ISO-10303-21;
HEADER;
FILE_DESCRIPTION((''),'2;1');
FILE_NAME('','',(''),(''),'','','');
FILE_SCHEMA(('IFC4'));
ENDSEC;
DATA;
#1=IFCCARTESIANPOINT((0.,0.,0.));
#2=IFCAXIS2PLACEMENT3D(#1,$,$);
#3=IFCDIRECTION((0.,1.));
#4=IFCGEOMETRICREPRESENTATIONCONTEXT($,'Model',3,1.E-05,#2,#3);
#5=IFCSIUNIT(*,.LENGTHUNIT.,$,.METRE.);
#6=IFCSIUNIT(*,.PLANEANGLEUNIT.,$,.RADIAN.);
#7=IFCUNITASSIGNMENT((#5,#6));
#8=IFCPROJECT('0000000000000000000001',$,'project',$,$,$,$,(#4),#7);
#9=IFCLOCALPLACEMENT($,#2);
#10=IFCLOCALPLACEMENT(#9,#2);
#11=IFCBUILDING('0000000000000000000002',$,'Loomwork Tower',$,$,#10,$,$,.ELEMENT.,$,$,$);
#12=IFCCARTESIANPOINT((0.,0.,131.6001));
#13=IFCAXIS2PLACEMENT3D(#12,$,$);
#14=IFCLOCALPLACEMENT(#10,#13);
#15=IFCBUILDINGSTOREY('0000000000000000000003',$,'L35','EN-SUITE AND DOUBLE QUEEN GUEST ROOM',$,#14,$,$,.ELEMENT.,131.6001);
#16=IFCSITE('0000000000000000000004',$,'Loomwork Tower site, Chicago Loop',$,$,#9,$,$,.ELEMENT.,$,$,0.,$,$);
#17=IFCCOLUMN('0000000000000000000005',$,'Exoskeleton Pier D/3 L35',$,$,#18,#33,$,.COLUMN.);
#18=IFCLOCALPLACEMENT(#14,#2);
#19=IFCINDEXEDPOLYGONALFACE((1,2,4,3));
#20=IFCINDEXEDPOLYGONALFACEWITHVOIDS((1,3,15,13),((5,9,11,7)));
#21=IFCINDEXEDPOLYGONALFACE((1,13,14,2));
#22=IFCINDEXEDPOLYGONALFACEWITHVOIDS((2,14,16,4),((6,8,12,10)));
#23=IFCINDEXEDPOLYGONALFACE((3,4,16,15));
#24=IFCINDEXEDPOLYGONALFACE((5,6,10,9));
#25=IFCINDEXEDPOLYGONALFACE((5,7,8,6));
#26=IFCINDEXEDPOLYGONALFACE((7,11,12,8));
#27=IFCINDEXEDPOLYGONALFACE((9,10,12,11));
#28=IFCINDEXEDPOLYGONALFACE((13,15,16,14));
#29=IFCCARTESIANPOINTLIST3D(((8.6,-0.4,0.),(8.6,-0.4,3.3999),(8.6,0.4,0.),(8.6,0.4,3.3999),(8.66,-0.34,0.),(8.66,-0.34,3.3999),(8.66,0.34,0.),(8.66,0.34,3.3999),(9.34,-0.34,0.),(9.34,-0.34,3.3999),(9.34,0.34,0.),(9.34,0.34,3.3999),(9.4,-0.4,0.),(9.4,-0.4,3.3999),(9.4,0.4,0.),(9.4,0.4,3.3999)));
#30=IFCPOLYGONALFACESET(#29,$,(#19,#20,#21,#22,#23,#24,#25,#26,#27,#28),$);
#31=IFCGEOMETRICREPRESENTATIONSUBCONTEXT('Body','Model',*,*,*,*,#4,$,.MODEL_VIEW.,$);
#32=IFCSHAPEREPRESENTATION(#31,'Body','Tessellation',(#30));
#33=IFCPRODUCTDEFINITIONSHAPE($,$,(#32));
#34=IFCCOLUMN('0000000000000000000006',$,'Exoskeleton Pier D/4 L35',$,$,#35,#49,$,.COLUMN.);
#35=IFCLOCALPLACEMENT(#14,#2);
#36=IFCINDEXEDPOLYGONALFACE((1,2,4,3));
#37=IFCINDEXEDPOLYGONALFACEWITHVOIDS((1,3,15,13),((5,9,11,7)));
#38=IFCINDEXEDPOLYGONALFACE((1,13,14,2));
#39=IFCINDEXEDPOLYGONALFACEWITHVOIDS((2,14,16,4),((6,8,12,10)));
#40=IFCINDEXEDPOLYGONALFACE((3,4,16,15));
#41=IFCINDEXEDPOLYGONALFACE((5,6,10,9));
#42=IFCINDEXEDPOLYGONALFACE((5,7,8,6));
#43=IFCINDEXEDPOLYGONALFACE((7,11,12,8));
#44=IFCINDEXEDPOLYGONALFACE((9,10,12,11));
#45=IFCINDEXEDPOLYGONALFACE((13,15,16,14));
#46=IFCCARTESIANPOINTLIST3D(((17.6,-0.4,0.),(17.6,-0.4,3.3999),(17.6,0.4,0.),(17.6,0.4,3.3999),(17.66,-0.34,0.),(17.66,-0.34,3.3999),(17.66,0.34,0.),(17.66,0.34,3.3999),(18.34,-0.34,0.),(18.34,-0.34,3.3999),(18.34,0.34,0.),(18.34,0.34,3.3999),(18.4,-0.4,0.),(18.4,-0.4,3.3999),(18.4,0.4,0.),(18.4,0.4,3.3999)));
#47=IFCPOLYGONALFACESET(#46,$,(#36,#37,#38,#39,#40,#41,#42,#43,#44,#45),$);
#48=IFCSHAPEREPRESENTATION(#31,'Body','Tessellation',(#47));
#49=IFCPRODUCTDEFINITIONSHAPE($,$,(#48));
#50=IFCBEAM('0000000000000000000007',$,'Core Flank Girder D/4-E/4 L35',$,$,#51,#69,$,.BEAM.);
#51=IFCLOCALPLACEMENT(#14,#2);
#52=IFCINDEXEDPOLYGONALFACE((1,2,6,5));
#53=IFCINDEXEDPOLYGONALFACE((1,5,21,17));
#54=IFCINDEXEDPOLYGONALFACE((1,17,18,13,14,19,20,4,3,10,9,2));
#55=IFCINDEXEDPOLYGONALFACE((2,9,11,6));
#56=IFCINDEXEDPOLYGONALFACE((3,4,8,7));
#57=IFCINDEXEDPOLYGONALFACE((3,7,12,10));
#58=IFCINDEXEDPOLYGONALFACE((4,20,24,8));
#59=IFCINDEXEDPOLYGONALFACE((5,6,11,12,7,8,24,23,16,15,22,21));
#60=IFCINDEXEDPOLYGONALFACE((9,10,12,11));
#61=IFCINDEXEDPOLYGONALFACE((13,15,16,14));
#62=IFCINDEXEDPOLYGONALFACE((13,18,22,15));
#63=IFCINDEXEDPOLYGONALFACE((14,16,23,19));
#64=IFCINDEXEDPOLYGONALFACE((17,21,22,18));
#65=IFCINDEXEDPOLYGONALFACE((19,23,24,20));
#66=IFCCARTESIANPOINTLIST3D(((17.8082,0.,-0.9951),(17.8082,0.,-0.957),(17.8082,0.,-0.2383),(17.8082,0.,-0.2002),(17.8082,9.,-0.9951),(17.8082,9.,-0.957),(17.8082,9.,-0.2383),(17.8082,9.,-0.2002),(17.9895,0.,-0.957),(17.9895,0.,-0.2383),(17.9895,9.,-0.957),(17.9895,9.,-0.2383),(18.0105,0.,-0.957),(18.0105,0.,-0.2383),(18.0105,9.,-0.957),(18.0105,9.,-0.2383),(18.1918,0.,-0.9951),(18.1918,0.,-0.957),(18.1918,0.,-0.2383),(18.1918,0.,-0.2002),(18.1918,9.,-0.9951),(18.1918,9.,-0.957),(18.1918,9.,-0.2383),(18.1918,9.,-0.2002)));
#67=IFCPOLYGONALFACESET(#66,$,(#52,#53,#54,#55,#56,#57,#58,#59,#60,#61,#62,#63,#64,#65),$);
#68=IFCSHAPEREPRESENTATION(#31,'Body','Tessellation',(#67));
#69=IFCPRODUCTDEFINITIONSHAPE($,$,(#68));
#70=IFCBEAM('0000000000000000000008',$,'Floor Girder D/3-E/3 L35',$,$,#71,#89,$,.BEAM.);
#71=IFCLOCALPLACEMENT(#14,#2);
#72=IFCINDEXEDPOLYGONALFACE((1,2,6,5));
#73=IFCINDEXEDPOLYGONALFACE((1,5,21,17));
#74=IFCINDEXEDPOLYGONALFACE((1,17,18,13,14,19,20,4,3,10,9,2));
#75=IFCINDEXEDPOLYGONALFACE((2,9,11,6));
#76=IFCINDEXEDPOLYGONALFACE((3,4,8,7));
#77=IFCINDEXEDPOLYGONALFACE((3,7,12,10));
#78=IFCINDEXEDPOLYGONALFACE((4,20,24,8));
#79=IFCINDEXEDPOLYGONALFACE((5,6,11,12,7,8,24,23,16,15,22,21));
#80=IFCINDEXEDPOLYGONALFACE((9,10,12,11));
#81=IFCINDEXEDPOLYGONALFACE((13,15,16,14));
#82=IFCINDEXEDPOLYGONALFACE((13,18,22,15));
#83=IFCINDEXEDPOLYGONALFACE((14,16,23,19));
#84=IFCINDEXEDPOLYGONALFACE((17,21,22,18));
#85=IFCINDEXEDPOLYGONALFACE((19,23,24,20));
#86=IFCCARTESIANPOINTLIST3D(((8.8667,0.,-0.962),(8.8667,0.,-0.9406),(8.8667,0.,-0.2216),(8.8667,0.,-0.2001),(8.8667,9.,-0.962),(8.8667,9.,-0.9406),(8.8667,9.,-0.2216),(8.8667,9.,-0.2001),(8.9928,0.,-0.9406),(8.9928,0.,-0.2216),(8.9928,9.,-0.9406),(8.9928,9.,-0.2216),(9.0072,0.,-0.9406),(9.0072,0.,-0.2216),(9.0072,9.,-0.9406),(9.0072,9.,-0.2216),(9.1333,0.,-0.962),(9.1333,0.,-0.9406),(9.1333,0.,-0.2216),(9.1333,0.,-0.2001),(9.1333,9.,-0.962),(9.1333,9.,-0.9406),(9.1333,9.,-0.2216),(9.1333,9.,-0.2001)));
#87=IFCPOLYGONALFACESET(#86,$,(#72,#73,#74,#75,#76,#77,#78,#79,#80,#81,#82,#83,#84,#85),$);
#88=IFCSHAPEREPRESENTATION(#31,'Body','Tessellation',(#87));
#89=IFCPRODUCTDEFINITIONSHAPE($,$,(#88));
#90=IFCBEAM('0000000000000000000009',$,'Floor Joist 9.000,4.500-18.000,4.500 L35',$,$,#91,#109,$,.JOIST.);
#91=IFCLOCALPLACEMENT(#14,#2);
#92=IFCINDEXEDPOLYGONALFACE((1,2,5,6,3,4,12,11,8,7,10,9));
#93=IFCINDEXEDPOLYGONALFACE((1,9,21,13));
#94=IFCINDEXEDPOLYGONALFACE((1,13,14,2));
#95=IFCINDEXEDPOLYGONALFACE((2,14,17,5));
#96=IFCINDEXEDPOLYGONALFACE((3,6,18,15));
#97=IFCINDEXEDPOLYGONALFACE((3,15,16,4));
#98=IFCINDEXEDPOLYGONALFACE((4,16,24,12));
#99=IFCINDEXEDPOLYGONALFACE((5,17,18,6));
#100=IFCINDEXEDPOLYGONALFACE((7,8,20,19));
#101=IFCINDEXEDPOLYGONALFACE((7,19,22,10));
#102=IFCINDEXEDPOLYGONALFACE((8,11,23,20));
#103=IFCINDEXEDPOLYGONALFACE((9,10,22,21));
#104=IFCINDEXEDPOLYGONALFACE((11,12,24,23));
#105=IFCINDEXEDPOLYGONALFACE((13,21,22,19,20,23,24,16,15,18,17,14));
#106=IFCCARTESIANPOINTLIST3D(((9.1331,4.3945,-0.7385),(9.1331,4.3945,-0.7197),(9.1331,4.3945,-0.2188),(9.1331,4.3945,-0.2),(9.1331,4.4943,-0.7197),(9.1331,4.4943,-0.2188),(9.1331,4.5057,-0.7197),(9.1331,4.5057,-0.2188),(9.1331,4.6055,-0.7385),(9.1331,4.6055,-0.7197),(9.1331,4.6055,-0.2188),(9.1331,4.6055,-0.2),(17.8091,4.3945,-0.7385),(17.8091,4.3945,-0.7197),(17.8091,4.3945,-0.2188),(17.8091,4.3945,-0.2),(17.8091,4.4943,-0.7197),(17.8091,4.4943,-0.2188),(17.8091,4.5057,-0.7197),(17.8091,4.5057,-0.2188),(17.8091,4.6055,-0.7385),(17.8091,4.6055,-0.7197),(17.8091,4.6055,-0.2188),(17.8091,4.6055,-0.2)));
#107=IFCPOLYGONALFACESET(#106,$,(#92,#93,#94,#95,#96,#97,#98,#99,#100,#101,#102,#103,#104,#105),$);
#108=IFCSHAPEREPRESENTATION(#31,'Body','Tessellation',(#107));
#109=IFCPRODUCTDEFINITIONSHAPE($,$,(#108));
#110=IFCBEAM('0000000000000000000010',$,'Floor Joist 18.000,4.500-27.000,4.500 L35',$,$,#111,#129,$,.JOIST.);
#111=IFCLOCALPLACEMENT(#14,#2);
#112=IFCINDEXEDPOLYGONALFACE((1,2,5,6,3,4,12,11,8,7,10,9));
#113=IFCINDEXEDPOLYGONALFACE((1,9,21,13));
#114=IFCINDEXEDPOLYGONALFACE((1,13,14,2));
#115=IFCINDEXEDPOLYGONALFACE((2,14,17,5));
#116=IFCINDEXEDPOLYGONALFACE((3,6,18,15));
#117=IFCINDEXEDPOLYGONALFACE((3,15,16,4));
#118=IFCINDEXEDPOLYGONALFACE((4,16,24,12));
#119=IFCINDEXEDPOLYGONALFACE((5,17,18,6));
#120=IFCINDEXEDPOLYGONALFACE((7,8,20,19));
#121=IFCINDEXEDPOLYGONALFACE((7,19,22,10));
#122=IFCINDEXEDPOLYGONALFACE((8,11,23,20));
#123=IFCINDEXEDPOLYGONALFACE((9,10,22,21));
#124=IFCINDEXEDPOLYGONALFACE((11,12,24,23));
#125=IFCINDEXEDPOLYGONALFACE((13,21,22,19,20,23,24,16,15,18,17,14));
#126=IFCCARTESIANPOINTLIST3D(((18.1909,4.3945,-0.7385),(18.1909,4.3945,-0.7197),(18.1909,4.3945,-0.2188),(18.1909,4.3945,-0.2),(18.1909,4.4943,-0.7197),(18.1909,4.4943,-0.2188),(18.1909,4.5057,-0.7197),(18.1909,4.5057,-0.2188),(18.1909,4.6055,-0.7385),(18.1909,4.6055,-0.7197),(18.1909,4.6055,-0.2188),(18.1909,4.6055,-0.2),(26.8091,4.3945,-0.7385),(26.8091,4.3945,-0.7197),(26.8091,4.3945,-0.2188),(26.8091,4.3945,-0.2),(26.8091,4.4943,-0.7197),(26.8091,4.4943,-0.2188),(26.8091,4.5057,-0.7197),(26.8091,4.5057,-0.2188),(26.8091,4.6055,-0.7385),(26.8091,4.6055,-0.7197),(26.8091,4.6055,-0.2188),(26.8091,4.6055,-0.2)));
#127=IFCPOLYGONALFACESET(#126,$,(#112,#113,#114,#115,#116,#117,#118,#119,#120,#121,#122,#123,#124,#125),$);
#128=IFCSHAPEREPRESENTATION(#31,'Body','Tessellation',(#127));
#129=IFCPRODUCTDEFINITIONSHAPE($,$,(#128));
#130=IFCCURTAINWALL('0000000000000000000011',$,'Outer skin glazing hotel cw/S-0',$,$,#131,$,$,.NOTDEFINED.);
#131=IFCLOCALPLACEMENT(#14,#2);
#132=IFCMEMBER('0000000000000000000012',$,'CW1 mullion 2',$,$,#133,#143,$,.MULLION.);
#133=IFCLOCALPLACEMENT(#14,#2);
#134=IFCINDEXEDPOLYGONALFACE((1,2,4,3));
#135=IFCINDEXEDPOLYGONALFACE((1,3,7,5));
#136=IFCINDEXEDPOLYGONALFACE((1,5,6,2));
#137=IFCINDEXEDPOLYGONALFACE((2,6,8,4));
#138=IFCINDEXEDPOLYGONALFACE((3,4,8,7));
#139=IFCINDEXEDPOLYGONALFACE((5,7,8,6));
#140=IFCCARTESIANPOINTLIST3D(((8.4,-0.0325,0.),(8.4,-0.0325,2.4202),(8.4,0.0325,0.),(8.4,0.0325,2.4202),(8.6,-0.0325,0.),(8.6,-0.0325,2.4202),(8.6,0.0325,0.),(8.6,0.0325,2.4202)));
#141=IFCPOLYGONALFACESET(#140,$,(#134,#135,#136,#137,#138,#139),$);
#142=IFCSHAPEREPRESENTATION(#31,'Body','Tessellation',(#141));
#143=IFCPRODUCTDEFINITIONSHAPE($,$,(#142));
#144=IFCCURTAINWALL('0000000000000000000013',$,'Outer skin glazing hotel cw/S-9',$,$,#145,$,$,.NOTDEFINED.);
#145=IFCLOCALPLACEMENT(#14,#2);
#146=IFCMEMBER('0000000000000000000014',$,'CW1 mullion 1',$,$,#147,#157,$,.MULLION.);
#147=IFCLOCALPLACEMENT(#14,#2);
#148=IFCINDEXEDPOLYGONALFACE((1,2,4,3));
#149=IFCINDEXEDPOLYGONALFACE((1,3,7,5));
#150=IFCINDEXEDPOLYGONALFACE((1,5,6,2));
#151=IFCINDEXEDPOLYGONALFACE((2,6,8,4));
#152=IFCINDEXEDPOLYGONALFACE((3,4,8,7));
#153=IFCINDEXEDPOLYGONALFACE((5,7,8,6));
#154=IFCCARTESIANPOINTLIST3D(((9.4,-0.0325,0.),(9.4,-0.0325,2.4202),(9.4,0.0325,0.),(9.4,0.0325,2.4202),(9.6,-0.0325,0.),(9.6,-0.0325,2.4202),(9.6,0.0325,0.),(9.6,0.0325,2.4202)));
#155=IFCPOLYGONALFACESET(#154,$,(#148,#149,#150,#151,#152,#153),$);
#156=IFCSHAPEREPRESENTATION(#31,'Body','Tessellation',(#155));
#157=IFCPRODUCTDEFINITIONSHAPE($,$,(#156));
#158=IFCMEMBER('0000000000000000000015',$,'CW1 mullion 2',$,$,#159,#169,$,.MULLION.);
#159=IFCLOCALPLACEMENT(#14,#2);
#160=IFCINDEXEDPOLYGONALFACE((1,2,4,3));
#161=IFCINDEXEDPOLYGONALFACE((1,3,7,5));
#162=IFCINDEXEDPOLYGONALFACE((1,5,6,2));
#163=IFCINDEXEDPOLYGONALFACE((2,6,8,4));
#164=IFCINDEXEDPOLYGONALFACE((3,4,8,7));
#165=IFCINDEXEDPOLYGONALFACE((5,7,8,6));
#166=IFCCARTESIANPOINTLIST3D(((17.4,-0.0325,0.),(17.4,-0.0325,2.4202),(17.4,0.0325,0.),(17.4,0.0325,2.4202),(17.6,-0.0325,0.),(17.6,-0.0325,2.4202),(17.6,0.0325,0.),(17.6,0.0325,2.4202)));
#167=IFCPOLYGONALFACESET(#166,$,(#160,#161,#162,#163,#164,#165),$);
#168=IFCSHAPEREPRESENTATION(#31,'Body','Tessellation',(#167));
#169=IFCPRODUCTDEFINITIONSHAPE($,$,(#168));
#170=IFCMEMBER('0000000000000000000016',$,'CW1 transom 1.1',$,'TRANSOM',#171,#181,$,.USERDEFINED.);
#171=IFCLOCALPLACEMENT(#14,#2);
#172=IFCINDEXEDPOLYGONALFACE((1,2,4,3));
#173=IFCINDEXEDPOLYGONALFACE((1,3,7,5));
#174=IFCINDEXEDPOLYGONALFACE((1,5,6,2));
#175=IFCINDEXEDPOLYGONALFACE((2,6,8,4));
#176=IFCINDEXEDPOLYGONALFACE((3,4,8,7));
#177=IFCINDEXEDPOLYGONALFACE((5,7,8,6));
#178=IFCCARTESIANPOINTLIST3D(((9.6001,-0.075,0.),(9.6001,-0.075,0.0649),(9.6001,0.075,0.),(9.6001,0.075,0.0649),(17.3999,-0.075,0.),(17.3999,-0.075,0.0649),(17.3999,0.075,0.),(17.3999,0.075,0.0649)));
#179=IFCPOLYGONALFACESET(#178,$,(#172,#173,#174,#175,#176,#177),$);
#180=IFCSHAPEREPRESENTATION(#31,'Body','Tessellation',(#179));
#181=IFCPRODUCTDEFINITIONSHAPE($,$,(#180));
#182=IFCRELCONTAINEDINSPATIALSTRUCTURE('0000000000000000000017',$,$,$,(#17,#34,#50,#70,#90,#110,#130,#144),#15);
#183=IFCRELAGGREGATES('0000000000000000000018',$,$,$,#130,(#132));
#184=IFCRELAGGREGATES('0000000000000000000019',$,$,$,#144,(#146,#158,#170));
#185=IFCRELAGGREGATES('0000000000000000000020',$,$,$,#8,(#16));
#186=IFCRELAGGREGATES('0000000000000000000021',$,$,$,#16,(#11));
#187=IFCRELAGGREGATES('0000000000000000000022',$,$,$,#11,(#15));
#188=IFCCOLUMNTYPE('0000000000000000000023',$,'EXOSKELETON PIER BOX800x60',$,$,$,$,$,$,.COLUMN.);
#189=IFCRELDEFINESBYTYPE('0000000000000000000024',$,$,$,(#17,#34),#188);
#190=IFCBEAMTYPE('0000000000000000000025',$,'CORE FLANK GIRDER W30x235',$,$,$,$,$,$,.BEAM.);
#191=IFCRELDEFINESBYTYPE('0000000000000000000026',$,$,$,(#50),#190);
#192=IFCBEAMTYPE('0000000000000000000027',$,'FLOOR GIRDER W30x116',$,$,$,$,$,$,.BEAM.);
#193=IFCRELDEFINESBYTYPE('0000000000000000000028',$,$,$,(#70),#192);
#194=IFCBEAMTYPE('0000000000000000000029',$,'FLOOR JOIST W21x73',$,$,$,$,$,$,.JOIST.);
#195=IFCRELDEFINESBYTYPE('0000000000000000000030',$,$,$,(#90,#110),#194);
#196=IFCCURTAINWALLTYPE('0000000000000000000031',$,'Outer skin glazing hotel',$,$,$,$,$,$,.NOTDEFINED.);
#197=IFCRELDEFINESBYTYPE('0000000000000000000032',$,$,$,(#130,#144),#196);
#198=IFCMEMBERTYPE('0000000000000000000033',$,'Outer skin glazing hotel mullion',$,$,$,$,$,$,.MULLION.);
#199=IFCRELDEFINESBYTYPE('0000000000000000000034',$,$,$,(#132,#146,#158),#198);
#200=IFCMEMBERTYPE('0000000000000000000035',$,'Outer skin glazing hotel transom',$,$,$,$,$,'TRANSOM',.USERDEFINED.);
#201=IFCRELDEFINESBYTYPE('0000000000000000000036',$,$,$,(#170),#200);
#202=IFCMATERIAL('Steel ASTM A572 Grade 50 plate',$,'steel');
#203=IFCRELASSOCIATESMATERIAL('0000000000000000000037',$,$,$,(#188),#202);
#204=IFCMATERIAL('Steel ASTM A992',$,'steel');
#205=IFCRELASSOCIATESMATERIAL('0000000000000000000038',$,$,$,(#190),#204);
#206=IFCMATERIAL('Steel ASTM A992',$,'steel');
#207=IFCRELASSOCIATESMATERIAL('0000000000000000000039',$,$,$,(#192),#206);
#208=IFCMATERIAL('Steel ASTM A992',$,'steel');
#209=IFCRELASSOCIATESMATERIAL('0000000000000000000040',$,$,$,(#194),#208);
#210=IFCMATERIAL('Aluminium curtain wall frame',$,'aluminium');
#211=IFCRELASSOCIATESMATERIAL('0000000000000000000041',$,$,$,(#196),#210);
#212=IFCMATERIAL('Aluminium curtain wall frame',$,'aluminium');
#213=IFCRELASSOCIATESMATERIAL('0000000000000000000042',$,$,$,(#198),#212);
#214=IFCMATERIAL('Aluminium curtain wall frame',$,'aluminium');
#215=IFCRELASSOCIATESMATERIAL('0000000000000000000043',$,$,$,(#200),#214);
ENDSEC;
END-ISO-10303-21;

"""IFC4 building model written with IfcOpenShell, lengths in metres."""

from ifc_helpers import new_model, si_unit, direction, frame, origin, origin_2d, place, context, subcontext, project, spatial, rectangle, hollow_rectangle, i_section, extrude, material, material_profile, profile_set, type_object, element, aggregate, save


model = new_model("IFC4")

# Units and contexts
model_context = context("Model", 3, precision=1e-05, world=origin(), true_north=direction((0.0, 1.0)))
body_context = subcontext(model_context, "Body", "Model", "MODEL_VIEW")
ifc_project = project(units=[si_unit("LENGTHUNIT", "METRE"), si_unit("PLANEANGLEUNIT", "RADIAN")], contexts=[model_context])

# Site, building, storey
site_placement = place(None, origin())
site = spatial("IfcSite", under=ifc_project, at=site_placement, Name="Loomwork Tower site, Chicago Loop", CompositionType="ELEMENT", RefElevation=0.0)
building_placement = place(site_placement, origin())
building = spatial("IfcBuilding", under=site, at=building_placement, Name="Loomwork Tower", CompositionType="ELEMENT")
storey_placement = place(building_placement, frame((0.0, 0.0, 131.6001)))
storey = spatial("IfcBuildingStorey", under=building, at=storey_placement, Name="L35", Description="EN-SUITE AND DOUBLE QUEEN GUEST ROOM", CompositionType="ELEMENT", Elevation=131.6001)

# Columns
ifc_material_1 = material(Name="Steel ASTM A572 Grade 50 plate", Category="steel")
ifc_material_profile_1 = material_profile(ifc_material_1, hollow_rectangle(XDim=0.8, YDim=0.8, WallThickness=0.0601, at=origin_2d()), Name="BOX800x60")
ifc_profile_set_1 = profile_set([ifc_material_profile_1], Name="Steel ASTM A572 Grade 50 plate")
column_type = type_object("IfcColumnType", Name="EXOSKELETON PIER BOX800x60", PredefinedType="COLUMN", material=ifc_profile_set_1)
for number, where, z_axis, x_axis, name in (
    (1, (9.0, 0.0, 0.0), (0.0, 0.0, 1.0), (1.0, 0.0, 0.0), "Exoskeleton Pier D/3 L35"),
    (2, (18.0, 0.0, 0.0), (0.0, 0.0, 1.0), (1.0, 0.0, 0.0), "Exoskeleton Pier D/4 L35"),
):
    element("IfcColumn", number, at=place(storey_placement, frame(where, z_axis=z_axis, x_axis=x_axis)), inside=storey, type_object=column_type, Name=name, PredefinedType="COLUMN", context=body_context, shape_type="SweptSolid", body=[
        extrude(hollow_rectangle(XDim=0.8, YDim=0.8, WallThickness=0.0601, at=origin_2d()), origin(), (0.0, 0.0, 1.0), 3.3999),
    ])

# Beams
ifc_material_2 = material(Name="Steel ASTM A992", Category="steel")
ifc_material_profile_2 = material_profile(ifc_material_2, i_section(OverallWidth=0.3835, OverallDepth=0.7949, WebThickness=0.021, FlangeThickness=0.0381, at=origin_2d()), Name="W30x235")
ifc_profile_set_2 = profile_set([ifc_material_profile_2], Name="Steel ASTM A992")
beam_type_1 = type_object("IfcBeamType", Name="CORE FLANK GIRDER W30x235", PredefinedType="BEAM", material=ifc_profile_set_2)
beam_1_placement = place(storey_placement, frame((18.0, 0.0, -0.5977), z_axis=(0.0, 1.0, 0.0), x_axis=(-1.0, 0.0, 0.0)))
element("IfcBeam", 3, at=beam_1_placement, inside=storey, type_object=beam_type_1, Name="Core Flank Girder D/4-E/4 L35", PredefinedType="BEAM", context=body_context, shape_type="SweptSolid", body=[
    extrude(i_section(OverallWidth=0.3835, OverallDepth=0.7949, WebThickness=0.021, FlangeThickness=0.0381, at=origin_2d()), origin(), (0.0, 0.0, 1.0), 9.0),
])
ifc_material_3 = material(Name="Steel ASTM A992", Category="steel")
ifc_material_profile_3 = material_profile(ifc_material_3, i_section(OverallWidth=0.2666, OverallDepth=0.762, WebThickness=0.0144, FlangeThickness=0.0215, at=origin_2d()), Name="W30x116")
ifc_profile_set_3 = profile_set([ifc_material_profile_3], Name="Steel ASTM A992")
beam_type_2 = type_object("IfcBeamType", Name="FLOOR GIRDER W30x116", PredefinedType="BEAM", material=ifc_profile_set_3)
beam_2_placement = place(storey_placement, frame((9.0, 0.0, -0.5811), z_axis=(0.0, 1.0, 0.0), x_axis=(-1.0, 0.0, 0.0)))
element("IfcBeam", 4, at=beam_2_placement, inside=storey, type_object=beam_type_2, Name="Floor Girder D/3-E/3 L35", PredefinedType="BEAM", context=body_context, shape_type="SweptSolid", body=[
    extrude(i_section(OverallWidth=0.2666, OverallDepth=0.762, WebThickness=0.0144, FlangeThickness=0.0215, at=origin_2d()), origin(), (0.0, 0.0, 1.0), 9.0),
])
ifc_material_4 = material(Name="Steel ASTM A992", Category="steel")
ifc_material_profile_4 = material_profile(ifc_material_4, i_section(OverallWidth=0.2109, OverallDepth=0.5386, WebThickness=0.0115, FlangeThickness=0.0188, at=origin_2d()), Name="W21x73")
ifc_profile_set_4 = profile_set([ifc_material_profile_4], Name="Steel ASTM A992")
beam_type_3 = type_object("IfcBeamType", Name="FLOOR JOIST W21x73", PredefinedType="JOIST", material=ifc_profile_set_4)
beam_3_placement = place(storey_placement, frame((9.1331, 4.5, -0.4692), z_axis=(1.0, 0.0, 0.0), x_axis=(0.0, 1.0, 0.0)))
element("IfcBeam", 5, at=beam_3_placement, inside=storey, type_object=beam_type_3, Name="Floor Joist 9.000,4.500-18.000,4.500 L35", PredefinedType="JOIST", context=body_context, shape_type="SweptSolid", body=[
    extrude(i_section(OverallWidth=0.2109, OverallDepth=0.5386, WebThickness=0.0115, FlangeThickness=0.0188, at=origin_2d()), origin(), (0.0, 0.0, 1.0), 8.676),
])
beam_4_placement = place(storey_placement, frame((18.1909, 4.5, -0.4692), z_axis=(1.0, 0.0, 0.0), x_axis=(0.0, 1.0, 0.0)))
element("IfcBeam", 6, at=beam_4_placement, inside=storey, type_object=beam_type_3, Name="Floor Joist 18.000,4.500-27.000,4.500 L35", PredefinedType="JOIST", context=body_context, shape_type="SweptSolid", body=[
    extrude(i_section(OverallWidth=0.2109, OverallDepth=0.5386, WebThickness=0.0115, FlangeThickness=0.0188, at=origin_2d()), origin(), (0.0, 0.0, 1.0), 8.6182),
])

# Curtain wall, member
ifc_material_5 = material(Name="Aluminium curtain wall frame", Category="aluminium")
curtain_wall_type = type_object("IfcCurtainWallType", Name="Outer skin glazing hotel", PredefinedType="NOTDEFINED", material=ifc_material_5)
curtain_wall_1_placement = place(storey_placement, origin())
curtain_wall_1 = element("IfcCurtainWall", 7, at=curtain_wall_1_placement, inside=storey, type_object=curtain_wall_type, Name="Outer skin glazing hotel cw/S-0", PredefinedType="NOTDEFINED")
ifc_material_6 = material(Name="Aluminium curtain wall frame", Category="aluminium")
ifc_material_profile_5 = material_profile(ifc_material_6, rectangle(XDim=0.0649, YDim=0.2, at=origin_2d()), Name="AL 65x200")
ifc_profile_set_5 = profile_set([ifc_material_profile_5], Name="Aluminium curtain wall frame")
member_type_1 = type_object("IfcMemberType", Name="Outer skin glazing hotel mullion", PredefinedType="MULLION", material=ifc_profile_set_5)
member_1_placement = place(storey_placement, frame((8.5, 0.0, 0.0), z_axis=(0.0, 0.0, 1.0), x_axis=(0.0, 1.0, 0.0)))
member_1 = element("IfcMember", 8, at=member_1_placement, type_object=member_type_1, Name="CW1 mullion 2", PredefinedType="MULLION", context=body_context, shape_type="SweptSolid", body=[
    extrude(rectangle(XDim=0.0649, YDim=0.2, at=origin_2d()), origin(), (0.0, 0.0, 1.0), 2.4202),
])
aggregate(curtain_wall_1, [member_1])

# Curtain wall, members
curtain_wall_2_placement = place(storey_placement, origin())
curtain_wall_2 = element("IfcCurtainWall", 9, at=curtain_wall_2_placement, inside=storey, type_object=curtain_wall_type, Name="Outer skin glazing hotel cw/S-9", PredefinedType="NOTDEFINED")
member_2_placement = place(storey_placement, frame((9.5, 0.0, 0.0), z_axis=(0.0, 0.0, 1.0), x_axis=(0.0, 1.0, 0.0)))
member_2 = element("IfcMember", 10, at=member_2_placement, type_object=member_type_1, Name="CW1 mullion 1", PredefinedType="MULLION", context=body_context, shape_type="SweptSolid", body=[
    extrude(rectangle(XDim=0.0649, YDim=0.2, at=origin_2d()), origin(), (0.0, 0.0, 1.0), 2.4202),
])
member_3_placement = place(storey_placement, frame((17.5, 0.0, 0.0), z_axis=(0.0, 0.0, 1.0), x_axis=(0.0, 1.0, 0.0)))
member_3 = element("IfcMember", 11, at=member_3_placement, type_object=member_type_1, Name="CW1 mullion 2", PredefinedType="MULLION", context=body_context, shape_type="SweptSolid", body=[
    extrude(rectangle(XDim=0.0649, YDim=0.2, at=origin_2d()), origin(), (0.0, 0.0, 1.0), 2.4202),
])
ifc_material_7 = material(Name="Aluminium curtain wall frame", Category="aluminium")
ifc_material_profile_6 = material_profile(ifc_material_7, rectangle(XDim=0.1499, YDim=0.0649, at=origin_2d()), Name="AL 65x150")
ifc_profile_set_6 = profile_set([ifc_material_profile_6], Name="Aluminium curtain wall frame")
member_type_2 = type_object("IfcMemberType", Name="Outer skin glazing hotel transom", ElementType="TRANSOM", PredefinedType="USERDEFINED", material=ifc_profile_set_6)
member_4_placement = place(storey_placement, frame((9.6001, 0.0, 0.0325), z_axis=(1.0, 0.0, 0.0), x_axis=(0.0, 1.0, 0.0)))
member_4 = element("IfcMember", 12, at=member_4_placement, type_object=member_type_2, Name="CW1 transom 1.1", ObjectType="TRANSOM", PredefinedType="USERDEFINED", context=body_context, shape_type="SweptSolid", body=[
    extrude(rectangle(XDim=0.1499, YDim=0.0649, at=origin_2d()), origin(), (0.0, 0.0, 1.0), 7.7998),
])

aggregate(curtain_wall_2, [member_2, member_3, member_4])

save(model, "model.ifc")
